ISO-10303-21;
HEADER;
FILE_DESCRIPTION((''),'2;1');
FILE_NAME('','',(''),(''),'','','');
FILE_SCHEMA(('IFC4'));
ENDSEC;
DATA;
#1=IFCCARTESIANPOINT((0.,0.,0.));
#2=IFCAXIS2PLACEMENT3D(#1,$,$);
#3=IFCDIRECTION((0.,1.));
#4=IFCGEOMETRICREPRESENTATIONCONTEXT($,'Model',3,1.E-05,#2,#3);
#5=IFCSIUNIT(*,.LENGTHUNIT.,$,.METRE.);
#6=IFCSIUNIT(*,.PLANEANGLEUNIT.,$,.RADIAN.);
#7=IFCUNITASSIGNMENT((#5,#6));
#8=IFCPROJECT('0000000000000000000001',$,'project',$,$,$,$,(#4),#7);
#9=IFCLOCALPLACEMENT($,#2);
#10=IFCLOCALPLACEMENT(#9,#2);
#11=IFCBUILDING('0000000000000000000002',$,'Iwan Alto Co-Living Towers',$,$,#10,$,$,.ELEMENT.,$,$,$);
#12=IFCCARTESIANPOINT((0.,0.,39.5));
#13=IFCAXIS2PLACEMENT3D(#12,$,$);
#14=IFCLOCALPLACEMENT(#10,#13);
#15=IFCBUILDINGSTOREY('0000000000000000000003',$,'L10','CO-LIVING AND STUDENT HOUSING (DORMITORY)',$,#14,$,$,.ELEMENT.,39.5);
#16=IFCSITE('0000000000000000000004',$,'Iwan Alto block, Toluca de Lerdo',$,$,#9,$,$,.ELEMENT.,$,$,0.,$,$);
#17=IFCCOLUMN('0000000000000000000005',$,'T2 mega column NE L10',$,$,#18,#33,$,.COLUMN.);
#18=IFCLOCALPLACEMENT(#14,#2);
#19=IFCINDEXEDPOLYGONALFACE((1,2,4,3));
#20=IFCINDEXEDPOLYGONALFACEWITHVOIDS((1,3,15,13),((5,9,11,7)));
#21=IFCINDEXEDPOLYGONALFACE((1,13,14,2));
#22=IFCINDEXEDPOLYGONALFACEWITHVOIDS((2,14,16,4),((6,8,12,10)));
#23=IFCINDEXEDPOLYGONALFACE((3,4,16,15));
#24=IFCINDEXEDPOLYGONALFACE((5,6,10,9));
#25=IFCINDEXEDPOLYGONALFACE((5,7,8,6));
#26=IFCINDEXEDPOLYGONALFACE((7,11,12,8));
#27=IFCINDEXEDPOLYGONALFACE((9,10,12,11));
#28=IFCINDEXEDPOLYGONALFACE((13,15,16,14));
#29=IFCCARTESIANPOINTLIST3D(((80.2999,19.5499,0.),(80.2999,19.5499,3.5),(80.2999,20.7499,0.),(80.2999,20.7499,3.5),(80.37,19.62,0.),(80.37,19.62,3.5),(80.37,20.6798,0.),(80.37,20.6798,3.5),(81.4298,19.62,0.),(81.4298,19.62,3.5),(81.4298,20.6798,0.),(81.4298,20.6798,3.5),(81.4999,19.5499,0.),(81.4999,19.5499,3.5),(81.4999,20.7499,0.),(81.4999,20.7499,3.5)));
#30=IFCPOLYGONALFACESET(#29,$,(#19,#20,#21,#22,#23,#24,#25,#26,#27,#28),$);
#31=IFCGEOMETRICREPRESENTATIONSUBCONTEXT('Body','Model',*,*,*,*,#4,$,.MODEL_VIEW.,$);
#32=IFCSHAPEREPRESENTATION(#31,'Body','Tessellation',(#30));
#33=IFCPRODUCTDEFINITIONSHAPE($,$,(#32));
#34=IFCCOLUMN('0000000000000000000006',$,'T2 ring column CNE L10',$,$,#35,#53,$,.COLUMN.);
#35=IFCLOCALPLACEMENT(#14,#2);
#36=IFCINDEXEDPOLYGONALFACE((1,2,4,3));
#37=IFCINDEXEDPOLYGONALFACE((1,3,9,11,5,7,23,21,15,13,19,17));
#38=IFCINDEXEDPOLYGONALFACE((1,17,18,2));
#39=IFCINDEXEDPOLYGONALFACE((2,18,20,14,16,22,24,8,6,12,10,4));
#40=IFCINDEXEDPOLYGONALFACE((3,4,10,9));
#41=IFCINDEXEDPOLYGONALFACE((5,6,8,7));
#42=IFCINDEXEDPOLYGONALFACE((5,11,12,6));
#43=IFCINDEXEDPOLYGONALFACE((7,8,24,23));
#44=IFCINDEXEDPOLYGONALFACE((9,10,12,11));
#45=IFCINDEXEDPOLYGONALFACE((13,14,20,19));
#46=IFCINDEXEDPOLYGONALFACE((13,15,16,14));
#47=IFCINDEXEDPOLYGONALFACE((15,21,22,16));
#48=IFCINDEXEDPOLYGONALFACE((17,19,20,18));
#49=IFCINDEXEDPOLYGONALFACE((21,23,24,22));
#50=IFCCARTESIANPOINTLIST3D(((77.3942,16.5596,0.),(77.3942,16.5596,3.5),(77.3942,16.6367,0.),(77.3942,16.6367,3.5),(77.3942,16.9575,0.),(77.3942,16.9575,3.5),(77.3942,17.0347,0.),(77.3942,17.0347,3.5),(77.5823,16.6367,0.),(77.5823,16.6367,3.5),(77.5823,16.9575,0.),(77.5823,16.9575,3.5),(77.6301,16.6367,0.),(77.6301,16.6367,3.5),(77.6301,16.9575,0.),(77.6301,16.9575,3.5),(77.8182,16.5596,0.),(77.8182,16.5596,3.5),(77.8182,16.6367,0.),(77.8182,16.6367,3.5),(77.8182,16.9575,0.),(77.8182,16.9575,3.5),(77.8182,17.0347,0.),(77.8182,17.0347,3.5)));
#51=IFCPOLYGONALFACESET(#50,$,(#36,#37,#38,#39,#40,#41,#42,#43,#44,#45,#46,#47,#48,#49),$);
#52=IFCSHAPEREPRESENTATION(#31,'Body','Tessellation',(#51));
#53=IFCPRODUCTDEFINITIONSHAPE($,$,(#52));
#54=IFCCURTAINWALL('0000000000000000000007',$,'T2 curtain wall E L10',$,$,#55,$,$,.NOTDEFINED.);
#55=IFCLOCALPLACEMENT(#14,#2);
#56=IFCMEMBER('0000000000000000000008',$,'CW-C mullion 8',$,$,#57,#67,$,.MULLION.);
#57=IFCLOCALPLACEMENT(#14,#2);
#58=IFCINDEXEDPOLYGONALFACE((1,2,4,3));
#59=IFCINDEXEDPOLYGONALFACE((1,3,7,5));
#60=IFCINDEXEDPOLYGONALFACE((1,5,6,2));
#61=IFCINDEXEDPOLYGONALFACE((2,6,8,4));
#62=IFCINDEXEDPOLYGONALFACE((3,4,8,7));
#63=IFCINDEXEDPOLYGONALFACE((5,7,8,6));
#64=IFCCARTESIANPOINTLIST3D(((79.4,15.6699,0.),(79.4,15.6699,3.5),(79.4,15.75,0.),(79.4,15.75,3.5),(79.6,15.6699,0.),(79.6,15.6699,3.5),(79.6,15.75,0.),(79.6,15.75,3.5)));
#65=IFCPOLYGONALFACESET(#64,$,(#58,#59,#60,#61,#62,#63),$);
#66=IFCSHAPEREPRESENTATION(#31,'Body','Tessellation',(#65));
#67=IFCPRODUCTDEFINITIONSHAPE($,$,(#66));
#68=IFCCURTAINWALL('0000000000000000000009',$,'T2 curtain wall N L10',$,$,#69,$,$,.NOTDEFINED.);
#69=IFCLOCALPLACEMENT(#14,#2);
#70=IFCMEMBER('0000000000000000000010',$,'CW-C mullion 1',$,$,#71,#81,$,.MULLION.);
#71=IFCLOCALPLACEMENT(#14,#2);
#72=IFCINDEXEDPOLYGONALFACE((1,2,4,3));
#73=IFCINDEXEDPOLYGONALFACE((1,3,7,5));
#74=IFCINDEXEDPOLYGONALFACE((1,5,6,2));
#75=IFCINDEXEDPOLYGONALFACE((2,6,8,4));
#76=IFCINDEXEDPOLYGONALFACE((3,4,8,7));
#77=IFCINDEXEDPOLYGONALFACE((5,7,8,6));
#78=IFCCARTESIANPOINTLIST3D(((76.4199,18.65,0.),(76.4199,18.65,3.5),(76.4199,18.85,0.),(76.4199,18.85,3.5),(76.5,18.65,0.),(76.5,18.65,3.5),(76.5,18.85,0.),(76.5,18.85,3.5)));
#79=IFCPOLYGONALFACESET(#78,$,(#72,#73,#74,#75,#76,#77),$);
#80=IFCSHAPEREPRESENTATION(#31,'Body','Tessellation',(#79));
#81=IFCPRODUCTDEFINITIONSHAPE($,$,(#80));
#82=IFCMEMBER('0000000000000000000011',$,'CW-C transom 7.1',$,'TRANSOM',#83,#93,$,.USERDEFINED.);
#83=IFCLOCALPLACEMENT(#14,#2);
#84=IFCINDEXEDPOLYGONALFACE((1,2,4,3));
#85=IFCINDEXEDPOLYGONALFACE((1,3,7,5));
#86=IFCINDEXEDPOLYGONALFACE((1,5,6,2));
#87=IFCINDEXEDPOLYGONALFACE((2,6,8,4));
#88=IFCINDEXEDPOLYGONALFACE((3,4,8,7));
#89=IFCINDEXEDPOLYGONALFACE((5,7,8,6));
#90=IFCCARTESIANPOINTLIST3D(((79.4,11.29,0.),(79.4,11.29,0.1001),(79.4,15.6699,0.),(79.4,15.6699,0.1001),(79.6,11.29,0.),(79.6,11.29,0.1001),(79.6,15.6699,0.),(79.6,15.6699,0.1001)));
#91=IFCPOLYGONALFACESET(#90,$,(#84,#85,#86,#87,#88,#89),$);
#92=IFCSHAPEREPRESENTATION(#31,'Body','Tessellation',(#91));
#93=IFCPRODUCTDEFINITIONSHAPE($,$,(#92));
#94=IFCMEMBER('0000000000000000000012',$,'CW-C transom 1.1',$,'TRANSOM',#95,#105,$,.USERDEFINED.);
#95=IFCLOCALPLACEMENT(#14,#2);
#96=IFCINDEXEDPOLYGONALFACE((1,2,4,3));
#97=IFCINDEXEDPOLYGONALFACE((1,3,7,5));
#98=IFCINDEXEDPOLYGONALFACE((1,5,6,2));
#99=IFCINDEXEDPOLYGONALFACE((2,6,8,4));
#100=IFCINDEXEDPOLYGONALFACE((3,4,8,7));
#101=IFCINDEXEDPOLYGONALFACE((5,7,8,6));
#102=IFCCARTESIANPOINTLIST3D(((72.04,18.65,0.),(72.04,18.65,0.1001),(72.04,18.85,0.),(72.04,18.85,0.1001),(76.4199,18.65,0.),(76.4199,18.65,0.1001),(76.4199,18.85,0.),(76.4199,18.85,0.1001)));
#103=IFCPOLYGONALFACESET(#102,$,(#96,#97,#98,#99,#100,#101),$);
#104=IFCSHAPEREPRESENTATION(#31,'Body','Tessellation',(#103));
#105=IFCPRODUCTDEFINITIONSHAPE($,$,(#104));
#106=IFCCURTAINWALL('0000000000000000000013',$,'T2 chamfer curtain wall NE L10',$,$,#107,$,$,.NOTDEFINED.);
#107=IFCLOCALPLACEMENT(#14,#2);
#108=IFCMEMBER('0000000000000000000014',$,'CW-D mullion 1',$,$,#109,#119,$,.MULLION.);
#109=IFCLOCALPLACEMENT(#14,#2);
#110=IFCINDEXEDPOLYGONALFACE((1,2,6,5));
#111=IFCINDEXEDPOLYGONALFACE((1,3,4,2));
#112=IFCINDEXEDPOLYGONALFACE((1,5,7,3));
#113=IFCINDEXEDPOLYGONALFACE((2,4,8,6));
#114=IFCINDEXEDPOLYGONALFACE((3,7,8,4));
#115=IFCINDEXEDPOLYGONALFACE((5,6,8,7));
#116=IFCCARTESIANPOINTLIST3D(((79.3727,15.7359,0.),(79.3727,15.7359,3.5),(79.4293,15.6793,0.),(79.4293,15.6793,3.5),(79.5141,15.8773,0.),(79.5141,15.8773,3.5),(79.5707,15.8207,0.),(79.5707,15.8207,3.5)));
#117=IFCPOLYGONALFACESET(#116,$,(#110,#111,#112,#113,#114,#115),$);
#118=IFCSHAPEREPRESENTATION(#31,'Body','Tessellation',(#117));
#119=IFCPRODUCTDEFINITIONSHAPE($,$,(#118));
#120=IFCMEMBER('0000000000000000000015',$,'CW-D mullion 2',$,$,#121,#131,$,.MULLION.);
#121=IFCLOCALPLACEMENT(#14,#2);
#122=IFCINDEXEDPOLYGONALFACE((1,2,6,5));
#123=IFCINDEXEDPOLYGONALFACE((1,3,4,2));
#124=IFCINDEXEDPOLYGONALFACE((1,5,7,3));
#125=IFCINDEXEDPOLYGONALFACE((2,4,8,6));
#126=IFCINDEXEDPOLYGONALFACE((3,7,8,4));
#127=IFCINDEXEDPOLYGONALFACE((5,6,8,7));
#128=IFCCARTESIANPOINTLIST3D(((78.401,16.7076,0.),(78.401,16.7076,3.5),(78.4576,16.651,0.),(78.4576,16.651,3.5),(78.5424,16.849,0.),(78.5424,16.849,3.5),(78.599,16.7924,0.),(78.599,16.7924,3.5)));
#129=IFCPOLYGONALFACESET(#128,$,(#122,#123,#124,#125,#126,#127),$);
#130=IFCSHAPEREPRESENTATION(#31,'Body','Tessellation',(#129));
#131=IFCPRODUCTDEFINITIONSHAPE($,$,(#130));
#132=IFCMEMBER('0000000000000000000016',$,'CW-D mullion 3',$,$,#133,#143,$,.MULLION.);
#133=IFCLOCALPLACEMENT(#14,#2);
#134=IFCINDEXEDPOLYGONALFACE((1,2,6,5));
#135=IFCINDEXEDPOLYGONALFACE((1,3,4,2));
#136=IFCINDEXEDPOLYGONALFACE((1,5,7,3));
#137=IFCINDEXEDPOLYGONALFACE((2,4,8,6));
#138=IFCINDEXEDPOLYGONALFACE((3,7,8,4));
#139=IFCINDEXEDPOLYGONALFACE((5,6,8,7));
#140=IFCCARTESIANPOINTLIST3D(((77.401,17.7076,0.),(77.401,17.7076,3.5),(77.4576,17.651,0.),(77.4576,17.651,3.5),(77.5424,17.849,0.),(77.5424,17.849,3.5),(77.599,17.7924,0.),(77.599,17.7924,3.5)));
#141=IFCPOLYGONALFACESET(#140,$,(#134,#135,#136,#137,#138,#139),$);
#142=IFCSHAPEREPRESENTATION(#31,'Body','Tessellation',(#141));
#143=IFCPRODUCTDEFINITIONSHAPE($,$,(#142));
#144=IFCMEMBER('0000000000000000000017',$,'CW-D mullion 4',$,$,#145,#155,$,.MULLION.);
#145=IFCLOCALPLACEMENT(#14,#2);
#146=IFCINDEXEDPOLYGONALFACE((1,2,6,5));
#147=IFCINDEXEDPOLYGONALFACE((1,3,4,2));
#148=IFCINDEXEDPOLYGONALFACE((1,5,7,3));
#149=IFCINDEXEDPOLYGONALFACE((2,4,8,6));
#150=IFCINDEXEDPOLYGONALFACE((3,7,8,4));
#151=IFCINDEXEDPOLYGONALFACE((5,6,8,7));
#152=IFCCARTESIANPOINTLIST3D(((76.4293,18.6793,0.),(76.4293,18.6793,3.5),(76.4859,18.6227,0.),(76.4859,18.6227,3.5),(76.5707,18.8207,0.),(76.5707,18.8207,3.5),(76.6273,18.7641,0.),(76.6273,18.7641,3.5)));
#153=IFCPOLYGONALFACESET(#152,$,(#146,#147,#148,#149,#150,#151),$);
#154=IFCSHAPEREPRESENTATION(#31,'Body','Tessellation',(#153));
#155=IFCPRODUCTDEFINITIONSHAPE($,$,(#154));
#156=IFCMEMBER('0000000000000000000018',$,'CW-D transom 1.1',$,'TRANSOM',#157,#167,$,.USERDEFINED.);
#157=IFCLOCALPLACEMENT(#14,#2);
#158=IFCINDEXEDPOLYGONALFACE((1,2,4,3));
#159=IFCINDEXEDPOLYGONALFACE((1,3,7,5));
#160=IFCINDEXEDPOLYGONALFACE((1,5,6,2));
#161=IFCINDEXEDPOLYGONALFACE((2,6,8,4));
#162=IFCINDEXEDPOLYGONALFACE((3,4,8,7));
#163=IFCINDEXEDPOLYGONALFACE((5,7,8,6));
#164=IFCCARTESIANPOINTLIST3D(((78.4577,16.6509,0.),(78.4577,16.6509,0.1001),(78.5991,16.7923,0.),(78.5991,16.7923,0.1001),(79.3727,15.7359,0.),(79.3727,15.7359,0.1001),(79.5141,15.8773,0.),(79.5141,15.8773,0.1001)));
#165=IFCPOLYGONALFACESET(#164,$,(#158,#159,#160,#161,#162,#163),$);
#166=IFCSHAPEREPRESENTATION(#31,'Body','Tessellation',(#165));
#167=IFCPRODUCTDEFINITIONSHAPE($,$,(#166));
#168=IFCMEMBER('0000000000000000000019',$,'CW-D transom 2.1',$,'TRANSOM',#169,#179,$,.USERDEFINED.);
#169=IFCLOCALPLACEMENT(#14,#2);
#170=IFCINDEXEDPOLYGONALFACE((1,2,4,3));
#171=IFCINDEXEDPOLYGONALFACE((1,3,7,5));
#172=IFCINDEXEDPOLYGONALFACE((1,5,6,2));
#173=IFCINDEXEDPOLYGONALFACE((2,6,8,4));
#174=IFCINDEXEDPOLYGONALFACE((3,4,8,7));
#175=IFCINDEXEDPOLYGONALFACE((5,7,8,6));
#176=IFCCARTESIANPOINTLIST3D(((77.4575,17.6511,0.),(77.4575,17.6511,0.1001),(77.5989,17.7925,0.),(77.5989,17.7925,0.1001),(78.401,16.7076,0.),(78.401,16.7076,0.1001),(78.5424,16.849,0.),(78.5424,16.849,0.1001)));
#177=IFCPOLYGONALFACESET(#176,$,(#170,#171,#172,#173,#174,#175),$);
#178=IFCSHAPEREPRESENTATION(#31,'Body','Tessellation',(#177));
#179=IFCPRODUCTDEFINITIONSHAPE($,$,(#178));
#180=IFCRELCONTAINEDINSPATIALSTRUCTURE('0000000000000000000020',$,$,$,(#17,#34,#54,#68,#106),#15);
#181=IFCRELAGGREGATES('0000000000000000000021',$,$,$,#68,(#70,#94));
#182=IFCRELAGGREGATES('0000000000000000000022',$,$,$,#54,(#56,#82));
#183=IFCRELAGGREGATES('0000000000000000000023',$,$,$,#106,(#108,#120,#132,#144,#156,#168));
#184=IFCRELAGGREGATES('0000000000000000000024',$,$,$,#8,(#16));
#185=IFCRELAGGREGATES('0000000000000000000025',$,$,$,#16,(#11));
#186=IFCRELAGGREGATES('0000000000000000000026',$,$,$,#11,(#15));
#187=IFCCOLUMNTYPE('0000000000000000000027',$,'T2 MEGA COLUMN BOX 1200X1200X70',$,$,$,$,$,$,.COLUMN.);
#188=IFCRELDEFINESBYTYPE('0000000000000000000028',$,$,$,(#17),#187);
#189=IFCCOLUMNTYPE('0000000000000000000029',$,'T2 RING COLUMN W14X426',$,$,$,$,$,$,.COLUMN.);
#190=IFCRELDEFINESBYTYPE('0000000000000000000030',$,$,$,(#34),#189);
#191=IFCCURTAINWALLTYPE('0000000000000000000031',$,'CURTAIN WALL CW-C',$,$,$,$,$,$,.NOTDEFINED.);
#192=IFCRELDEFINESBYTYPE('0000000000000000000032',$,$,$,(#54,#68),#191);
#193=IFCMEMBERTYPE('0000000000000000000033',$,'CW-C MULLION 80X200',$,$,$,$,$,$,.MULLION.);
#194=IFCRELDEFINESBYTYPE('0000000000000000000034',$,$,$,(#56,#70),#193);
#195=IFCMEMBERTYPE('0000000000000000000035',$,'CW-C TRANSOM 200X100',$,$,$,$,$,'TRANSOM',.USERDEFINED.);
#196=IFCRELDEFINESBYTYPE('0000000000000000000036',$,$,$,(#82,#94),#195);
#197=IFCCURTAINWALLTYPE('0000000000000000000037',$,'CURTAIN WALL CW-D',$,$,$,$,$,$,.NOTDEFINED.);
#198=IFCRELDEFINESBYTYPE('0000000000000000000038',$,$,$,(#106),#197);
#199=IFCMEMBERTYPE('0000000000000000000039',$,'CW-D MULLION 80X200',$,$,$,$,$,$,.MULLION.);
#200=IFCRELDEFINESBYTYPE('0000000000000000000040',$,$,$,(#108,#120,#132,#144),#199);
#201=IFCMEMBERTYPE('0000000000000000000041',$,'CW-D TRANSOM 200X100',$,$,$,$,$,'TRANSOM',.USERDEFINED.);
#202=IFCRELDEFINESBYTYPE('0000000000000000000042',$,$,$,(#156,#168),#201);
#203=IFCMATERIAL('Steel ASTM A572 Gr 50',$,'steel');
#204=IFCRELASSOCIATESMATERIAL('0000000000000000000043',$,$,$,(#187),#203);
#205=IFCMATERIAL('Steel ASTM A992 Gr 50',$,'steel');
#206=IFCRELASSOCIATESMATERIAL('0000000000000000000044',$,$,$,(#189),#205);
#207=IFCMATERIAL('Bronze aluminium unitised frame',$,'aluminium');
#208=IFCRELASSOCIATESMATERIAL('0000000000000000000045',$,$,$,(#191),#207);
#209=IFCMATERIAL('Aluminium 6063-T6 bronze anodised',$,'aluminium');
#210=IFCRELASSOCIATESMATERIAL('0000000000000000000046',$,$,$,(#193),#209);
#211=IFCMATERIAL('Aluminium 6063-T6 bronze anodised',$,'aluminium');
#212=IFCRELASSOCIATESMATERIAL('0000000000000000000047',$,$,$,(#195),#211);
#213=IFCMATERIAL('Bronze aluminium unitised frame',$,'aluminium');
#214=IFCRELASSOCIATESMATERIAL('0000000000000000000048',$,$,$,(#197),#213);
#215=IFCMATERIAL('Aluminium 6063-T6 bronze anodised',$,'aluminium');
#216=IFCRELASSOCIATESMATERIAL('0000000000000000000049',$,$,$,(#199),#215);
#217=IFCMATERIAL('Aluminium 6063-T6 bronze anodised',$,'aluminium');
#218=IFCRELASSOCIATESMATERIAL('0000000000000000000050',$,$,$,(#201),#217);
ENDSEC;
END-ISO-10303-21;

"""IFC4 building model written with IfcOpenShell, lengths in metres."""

from ifc_helpers import new_model, si_unit, direction, frame, origin, origin_2d, place, context, subcontext, project, spatial, rectangle, hollow_rectangle, i_section, extrude, material, material_profile, profile_set, type_object, element, aggregate, save


model = new_model("IFC4")

# Units and contexts
model_context = context("Model", 3, precision=1e-05, world=origin(), true_north=direction((0.0, 1.0)))
body_context = subcontext(model_context, "Body", "Model", "MODEL_VIEW")
ifc_project = project(units=[si_unit("LENGTHUNIT", "METRE"), si_unit("PLANEANGLEUNIT", "RADIAN")], contexts=[model_context])

# Site, building, storey
site_placement = place(None, origin())
site = spatial("IfcSite", under=ifc_project, at=site_placement, Name="Iwan Alto block, Toluca de Lerdo", CompositionType="ELEMENT", RefElevation=0.0)
building_placement = place(site_placement, origin())
building = spatial("IfcBuilding", under=site, at=building_placement, Name="Iwan Alto Co-Living Towers", CompositionType="ELEMENT")
storey_placement = place(building_placement, frame((0.0, 0.0, 39.5)))
storey = spatial("IfcBuildingStorey", under=building, at=storey_placement, Name="L10", Description="CO-LIVING AND STUDENT HOUSING (DORMITORY)", CompositionType="ELEMENT", Elevation=39.5)

# Columns
ifc_material_1 = material(Name="Steel ASTM A572 Gr 50", Category="steel")
ifc_material_profile_1 = material_profile(ifc_material_1, hollow_rectangle(XDim=1.2, YDim=1.2, WallThickness=0.0701, at=origin_2d()), Name="BOX 1200X1200X70")
ifc_profile_set_1 = profile_set([ifc_material_profile_1], Name="Steel ASTM A572 Gr 50")
column_type_1 = type_object("IfcColumnType", Name="T2 MEGA COLUMN BOX 1200X1200X70", PredefinedType="COLUMN", material=ifc_profile_set_1)
column_1_placement = place(storey_placement, frame((80.8999, 20.1499, 0.0), z_axis=(0.0, 0.0, 1.0), x_axis=(1.0, 0.0, 0.0)))
element("IfcColumn", 1, at=column_1_placement, inside=storey, type_object=column_type_1, Name="T2 mega column NE L10", PredefinedType="COLUMN", context=body_context, shape_type="SweptSolid", body=[
    extrude(hollow_rectangle(XDim=1.2, YDim=1.2, WallThickness=0.0701, at=origin_2d()), origin(), (0.0, 0.0, 1.0), 3.5),
])
ifc_material_2 = material(Name="Steel ASTM A992 Gr 50", Category="steel")
ifc_material_profile_2 = material_profile(ifc_material_2, i_section(OverallWidth=0.4241, OverallDepth=0.4751, WebThickness=0.0479, FlangeThickness=0.0771, at=origin_2d()), Name="W14X426")
ifc_profile_set_2 = profile_set([ifc_material_profile_2], Name="Steel ASTM A992 Gr 50")
column_type_2 = type_object("IfcColumnType", Name="T2 RING COLUMN W14X426", PredefinedType="COLUMN", material=ifc_profile_set_2)
column_2_placement = place(storey_placement, frame((77.6062, 16.7971, 0.0), z_axis=(0.0, 0.0, 1.0), x_axis=(1.0, 0.0, 0.0)))
element("IfcColumn", 2, at=column_2_placement, inside=storey, type_object=column_type_2, Name="T2 ring column CNE L10", PredefinedType="COLUMN", context=body_context, shape_type="SweptSolid", body=[
    extrude(i_section(OverallWidth=0.4241, OverallDepth=0.4751, WebThickness=0.0479, FlangeThickness=0.0771, at=origin_2d()), origin(), (0.0, 0.0, 1.0), 3.5),
])

# Curtain walls, members
ifc_material_3 = material(Name="Bronze aluminium unitised frame", Category="aluminium")
curtain_wall_type_1 = type_object("IfcCurtainWallType", Name="CURTAIN WALL CW-C", PredefinedType="NOTDEFINED", material=ifc_material_3)
curtain_wall_1_placement = place(storey_placement, origin())
curtain_wall_1 = element("IfcCurtainWall", 3, at=curtain_wall_1_placement, inside=storey, type_object=curtain_wall_type_1, Name="T2 curtain wall E L10", PredefinedType="NOTDEFINED")
ifc_material_4 = material(Name="Aluminium 6063-T6 bronze anodised", Category="aluminium")
ifc_material_profile_3 = material_profile(ifc_material_4, rectangle(XDim=0.2, YDim=0.0801, at=origin_2d()), Name="AL 80X200")
ifc_profile_set_3 = profile_set([ifc_material_profile_3], Name="Aluminium 6063-T6 bronze anodised")
member_type_1 = type_object("IfcMemberType", Name="CW-C MULLION 80X200", PredefinedType="MULLION", material=ifc_profile_set_3)
member_1_placement = place(storey_placement, frame((79.5, 15.71, 0.0), z_axis=(0.0, 0.0, 1.0), x_axis=(-1.0, 0.0, 0.0)))
member_1 = element("IfcMember", 4, at=member_1_placement, type_object=member_type_1, Name="CW-C mullion 8", PredefinedType="MULLION", context=body_context, shape_type="SweptSolid", body=[
    extrude(rectangle(XDim=0.2, YDim=0.0801, at=origin_2d()), origin(), (0.0, 0.0, 1.0), 3.5),
])
curtain_wall_2_placement = place(storey_placement, origin())
curtain_wall_2 = element("IfcCurtainWall", 5, at=curtain_wall_2_placement, inside=storey, type_object=curtain_wall_type_1, Name="T2 curtain wall N L10", PredefinedType="NOTDEFINED")
member_2_placement = place(storey_placement, frame((76.46, 18.75, 0.0), z_axis=(0.0, 0.0, 1.0), x_axis=(0.0, -1.0, 0.0)))
member_2 = element("IfcMember", 6, at=member_2_placement, type_object=member_type_1, Name="CW-C mullion 1", PredefinedType="MULLION", context=body_context, shape_type="SweptSolid", body=[
    extrude(rectangle(XDim=0.2, YDim=0.0801, at=origin_2d()), origin(), (0.0, 0.0, 1.0), 3.5),
])

# Members
ifc_material_5 = material(Name="Aluminium 6063-T6 bronze anodised", Category="aluminium")
ifc_material_profile_4 = material_profile(ifc_material_5, rectangle(XDim=0.2, YDim=0.1001, at=origin_2d()), Name="AL 200X100")
ifc_profile_set_4 = profile_set([ifc_material_profile_4], Name="Aluminium 6063-T6 bronze anodised")
member_type_2 = type_object("IfcMemberType", Name="CW-C TRANSOM 200X100", ElementType="TRANSOM", PredefinedType="USERDEFINED", material=ifc_profile_set_4)
member_3_placement = place(storey_placement, frame((79.5, 11.29, 0.05), z_axis=(0.0, 1.0, 0.0), x_axis=(-1.0, 0.0, 0.0)))
member_3 = element("IfcMember", 7, at=member_3_placement, type_object=member_type_2, Name="CW-C transom 7.1", ObjectType="TRANSOM", PredefinedType="USERDEFINED", context=body_context, shape_type="SweptSolid", body=[
    extrude(rectangle(XDim=0.2, YDim=0.1001, at=origin_2d()), origin(), (0.0, 0.0, 1.0), 4.3799),
])
member_4_placement = place(storey_placement, frame((76.4199, 18.75, 0.05), z_axis=(-1.0, 0.0, 0.0), x_axis=(0.0, -1.0, 0.0)))
member_4 = element("IfcMember", 8, at=member_4_placement, type_object=member_type_2, Name="CW-C transom 1.1", ObjectType="TRANSOM", PredefinedType="USERDEFINED", context=body_context, shape_type="SweptSolid", body=[
    extrude(rectangle(XDim=0.2, YDim=0.1001, at=origin_2d()), origin(), (0.0, 0.0, 1.0), 4.3799),
])
aggregate(curtain_wall_2, [member_2, member_4])

# Curtain wall, members
ifc_material_6 = material(Name="Bronze aluminium unitised frame", Category="aluminium")
curtain_wall_type_2 = type_object("IfcCurtainWallType", Name="CURTAIN WALL CW-D", PredefinedType="NOTDEFINED", material=ifc_material_6)
curtain_wall_3_placement = place(storey_placement, origin())
curtain_wall_3 = element("IfcCurtainWall", 9, at=curtain_wall_3_placement, inside=storey, type_object=curtain_wall_type_2, Name="T2 chamfer curtain wall NE L10", PredefinedType="NOTDEFINED")
ifc_material_7 = material(Name="Aluminium 6063-T6 bronze anodised", Category="aluminium")
ifc_material_profile_5 = material_profile(ifc_material_7, rectangle(XDim=0.2, YDim=0.0801, at=origin_2d()), Name="AL 80X200")
ifc_profile_set_5 = profile_set([ifc_material_profile_5], Name="Aluminium 6063-T6 bronze anodised")
member_type_3 = type_object("IfcMemberType", Name="CW-D MULLION 80X200", PredefinedType="MULLION", material=ifc_profile_set_5)
member_5_placement = place(storey_placement, frame((79.4717, 15.7783, 0.0), z_axis=(0.0, 0.0, 1.0), x_axis=(-0.707107, -0.707107, 0.0)))
member_5 = element("IfcMember", 10, at=member_5_placement, type_object=member_type_3, Name="CW-D mullion 1", PredefinedType="MULLION", context=body_context, shape_type="SweptSolid", body=[
    extrude(rectangle(XDim=0.2, YDim=0.0801, at=origin_2d()), origin(), (0.0, 0.0, 1.0), 3.5),
])
member_6_placement = place(storey_placement, frame((78.5, 16.75, 0.0), z_axis=(0.0, 0.0, 1.0), x_axis=(-0.707107, -0.707107, 0.0)))
member_6 = element("IfcMember", 11, at=member_6_placement, type_object=member_type_3, Name="CW-D mullion 2", PredefinedType="MULLION", context=body_context, shape_type="SweptSolid", body=[
    extrude(rectangle(XDim=0.2, YDim=0.0801, at=origin_2d()), origin(), (0.0, 0.0, 1.0), 3.5),
])
member_7_placement = place(storey_placement, frame((77.5, 17.75, 0.0), z_axis=(0.0, 0.0, 1.0), x_axis=(-0.707107, -0.707107, 0.0)))
member_7 = element("IfcMember", 12, at=member_7_placement, type_object=member_type_3, Name="CW-D mullion 3", PredefinedType="MULLION", context=body_context, shape_type="SweptSolid", body=[
    extrude(rectangle(XDim=0.2, YDim=0.0801, at=origin_2d()), origin(), (0.0, 0.0, 1.0), 3.5),
])
member_8_placement = place(storey_placement, frame((76.5283, 18.7217, 0.0), z_axis=(0.0, 0.0, 1.0), x_axis=(-0.707107, -0.707107, 0.0)))
member_8 = element("IfcMember", 13, at=member_8_placement, type_object=member_type_3, Name="CW-D mullion 4", PredefinedType="MULLION", context=body_context, shape_type="SweptSolid", body=[
    extrude(rectangle(XDim=0.2, YDim=0.0801, at=origin_2d()), origin(), (0.0, 0.0, 1.0), 3.5),
])
ifc_material_8 = material(Name="Aluminium 6063-T6 bronze anodised", Category="aluminium")
ifc_material_profile_6 = material_profile(ifc_material_8, rectangle(XDim=0.2, YDim=0.1001, at=origin_2d()), Name="AL 200X100")
ifc_profile_set_6 = profile_set([ifc_material_profile_6], Name="Aluminium 6063-T6 bronze anodised")
member_type_4 = type_object("IfcMemberType", Name="CW-D TRANSOM 200X100", ElementType="TRANSOM", PredefinedType="USERDEFINED", material=ifc_profile_set_6)
member_9_placement = place(storey_placement, frame((79.4434, 15.8066, 0.05), z_axis=(-0.707107, 0.707107, 0.0), x_axis=(-0.707107, -0.707107, 0.0)))
member_9 = element("IfcMember", 14, at=member_9_placement, type_object=member_type_4, Name="CW-D transom 1.1", ObjectType="TRANSOM", PredefinedType="USERDEFINED", context=body_context, shape_type="SweptSolid", body=[
    extrude(rectangle(XDim=0.2, YDim=0.1001, at=origin_2d()), origin(), (0.0, 0.0, 1.0), 1.2939),
])
member_10_placement = place(storey_placement, frame((78.4717, 16.7783, 0.05), z_axis=(-0.707107, 0.707107, 0.0), x_axis=(-0.707107, -0.707107, 0.0)))
member_10 = element("IfcMember", 15, at=member_10_placement, type_object=member_type_4, Name="CW-D transom 2.1", ObjectType="TRANSOM", PredefinedType="USERDEFINED", context=body_context, shape_type="SweptSolid", body=[
    extrude(rectangle(XDim=0.2, YDim=0.1001, at=origin_2d()), origin(), (0.0, 0.0, 1.0), 1.3342),
])

aggregate(curtain_wall_1, [member_1, member_3])
aggregate(curtain_wall_3, [member_5, member_6, member_7, member_8, member_9, member_10])

save(model, "model.ifc")
